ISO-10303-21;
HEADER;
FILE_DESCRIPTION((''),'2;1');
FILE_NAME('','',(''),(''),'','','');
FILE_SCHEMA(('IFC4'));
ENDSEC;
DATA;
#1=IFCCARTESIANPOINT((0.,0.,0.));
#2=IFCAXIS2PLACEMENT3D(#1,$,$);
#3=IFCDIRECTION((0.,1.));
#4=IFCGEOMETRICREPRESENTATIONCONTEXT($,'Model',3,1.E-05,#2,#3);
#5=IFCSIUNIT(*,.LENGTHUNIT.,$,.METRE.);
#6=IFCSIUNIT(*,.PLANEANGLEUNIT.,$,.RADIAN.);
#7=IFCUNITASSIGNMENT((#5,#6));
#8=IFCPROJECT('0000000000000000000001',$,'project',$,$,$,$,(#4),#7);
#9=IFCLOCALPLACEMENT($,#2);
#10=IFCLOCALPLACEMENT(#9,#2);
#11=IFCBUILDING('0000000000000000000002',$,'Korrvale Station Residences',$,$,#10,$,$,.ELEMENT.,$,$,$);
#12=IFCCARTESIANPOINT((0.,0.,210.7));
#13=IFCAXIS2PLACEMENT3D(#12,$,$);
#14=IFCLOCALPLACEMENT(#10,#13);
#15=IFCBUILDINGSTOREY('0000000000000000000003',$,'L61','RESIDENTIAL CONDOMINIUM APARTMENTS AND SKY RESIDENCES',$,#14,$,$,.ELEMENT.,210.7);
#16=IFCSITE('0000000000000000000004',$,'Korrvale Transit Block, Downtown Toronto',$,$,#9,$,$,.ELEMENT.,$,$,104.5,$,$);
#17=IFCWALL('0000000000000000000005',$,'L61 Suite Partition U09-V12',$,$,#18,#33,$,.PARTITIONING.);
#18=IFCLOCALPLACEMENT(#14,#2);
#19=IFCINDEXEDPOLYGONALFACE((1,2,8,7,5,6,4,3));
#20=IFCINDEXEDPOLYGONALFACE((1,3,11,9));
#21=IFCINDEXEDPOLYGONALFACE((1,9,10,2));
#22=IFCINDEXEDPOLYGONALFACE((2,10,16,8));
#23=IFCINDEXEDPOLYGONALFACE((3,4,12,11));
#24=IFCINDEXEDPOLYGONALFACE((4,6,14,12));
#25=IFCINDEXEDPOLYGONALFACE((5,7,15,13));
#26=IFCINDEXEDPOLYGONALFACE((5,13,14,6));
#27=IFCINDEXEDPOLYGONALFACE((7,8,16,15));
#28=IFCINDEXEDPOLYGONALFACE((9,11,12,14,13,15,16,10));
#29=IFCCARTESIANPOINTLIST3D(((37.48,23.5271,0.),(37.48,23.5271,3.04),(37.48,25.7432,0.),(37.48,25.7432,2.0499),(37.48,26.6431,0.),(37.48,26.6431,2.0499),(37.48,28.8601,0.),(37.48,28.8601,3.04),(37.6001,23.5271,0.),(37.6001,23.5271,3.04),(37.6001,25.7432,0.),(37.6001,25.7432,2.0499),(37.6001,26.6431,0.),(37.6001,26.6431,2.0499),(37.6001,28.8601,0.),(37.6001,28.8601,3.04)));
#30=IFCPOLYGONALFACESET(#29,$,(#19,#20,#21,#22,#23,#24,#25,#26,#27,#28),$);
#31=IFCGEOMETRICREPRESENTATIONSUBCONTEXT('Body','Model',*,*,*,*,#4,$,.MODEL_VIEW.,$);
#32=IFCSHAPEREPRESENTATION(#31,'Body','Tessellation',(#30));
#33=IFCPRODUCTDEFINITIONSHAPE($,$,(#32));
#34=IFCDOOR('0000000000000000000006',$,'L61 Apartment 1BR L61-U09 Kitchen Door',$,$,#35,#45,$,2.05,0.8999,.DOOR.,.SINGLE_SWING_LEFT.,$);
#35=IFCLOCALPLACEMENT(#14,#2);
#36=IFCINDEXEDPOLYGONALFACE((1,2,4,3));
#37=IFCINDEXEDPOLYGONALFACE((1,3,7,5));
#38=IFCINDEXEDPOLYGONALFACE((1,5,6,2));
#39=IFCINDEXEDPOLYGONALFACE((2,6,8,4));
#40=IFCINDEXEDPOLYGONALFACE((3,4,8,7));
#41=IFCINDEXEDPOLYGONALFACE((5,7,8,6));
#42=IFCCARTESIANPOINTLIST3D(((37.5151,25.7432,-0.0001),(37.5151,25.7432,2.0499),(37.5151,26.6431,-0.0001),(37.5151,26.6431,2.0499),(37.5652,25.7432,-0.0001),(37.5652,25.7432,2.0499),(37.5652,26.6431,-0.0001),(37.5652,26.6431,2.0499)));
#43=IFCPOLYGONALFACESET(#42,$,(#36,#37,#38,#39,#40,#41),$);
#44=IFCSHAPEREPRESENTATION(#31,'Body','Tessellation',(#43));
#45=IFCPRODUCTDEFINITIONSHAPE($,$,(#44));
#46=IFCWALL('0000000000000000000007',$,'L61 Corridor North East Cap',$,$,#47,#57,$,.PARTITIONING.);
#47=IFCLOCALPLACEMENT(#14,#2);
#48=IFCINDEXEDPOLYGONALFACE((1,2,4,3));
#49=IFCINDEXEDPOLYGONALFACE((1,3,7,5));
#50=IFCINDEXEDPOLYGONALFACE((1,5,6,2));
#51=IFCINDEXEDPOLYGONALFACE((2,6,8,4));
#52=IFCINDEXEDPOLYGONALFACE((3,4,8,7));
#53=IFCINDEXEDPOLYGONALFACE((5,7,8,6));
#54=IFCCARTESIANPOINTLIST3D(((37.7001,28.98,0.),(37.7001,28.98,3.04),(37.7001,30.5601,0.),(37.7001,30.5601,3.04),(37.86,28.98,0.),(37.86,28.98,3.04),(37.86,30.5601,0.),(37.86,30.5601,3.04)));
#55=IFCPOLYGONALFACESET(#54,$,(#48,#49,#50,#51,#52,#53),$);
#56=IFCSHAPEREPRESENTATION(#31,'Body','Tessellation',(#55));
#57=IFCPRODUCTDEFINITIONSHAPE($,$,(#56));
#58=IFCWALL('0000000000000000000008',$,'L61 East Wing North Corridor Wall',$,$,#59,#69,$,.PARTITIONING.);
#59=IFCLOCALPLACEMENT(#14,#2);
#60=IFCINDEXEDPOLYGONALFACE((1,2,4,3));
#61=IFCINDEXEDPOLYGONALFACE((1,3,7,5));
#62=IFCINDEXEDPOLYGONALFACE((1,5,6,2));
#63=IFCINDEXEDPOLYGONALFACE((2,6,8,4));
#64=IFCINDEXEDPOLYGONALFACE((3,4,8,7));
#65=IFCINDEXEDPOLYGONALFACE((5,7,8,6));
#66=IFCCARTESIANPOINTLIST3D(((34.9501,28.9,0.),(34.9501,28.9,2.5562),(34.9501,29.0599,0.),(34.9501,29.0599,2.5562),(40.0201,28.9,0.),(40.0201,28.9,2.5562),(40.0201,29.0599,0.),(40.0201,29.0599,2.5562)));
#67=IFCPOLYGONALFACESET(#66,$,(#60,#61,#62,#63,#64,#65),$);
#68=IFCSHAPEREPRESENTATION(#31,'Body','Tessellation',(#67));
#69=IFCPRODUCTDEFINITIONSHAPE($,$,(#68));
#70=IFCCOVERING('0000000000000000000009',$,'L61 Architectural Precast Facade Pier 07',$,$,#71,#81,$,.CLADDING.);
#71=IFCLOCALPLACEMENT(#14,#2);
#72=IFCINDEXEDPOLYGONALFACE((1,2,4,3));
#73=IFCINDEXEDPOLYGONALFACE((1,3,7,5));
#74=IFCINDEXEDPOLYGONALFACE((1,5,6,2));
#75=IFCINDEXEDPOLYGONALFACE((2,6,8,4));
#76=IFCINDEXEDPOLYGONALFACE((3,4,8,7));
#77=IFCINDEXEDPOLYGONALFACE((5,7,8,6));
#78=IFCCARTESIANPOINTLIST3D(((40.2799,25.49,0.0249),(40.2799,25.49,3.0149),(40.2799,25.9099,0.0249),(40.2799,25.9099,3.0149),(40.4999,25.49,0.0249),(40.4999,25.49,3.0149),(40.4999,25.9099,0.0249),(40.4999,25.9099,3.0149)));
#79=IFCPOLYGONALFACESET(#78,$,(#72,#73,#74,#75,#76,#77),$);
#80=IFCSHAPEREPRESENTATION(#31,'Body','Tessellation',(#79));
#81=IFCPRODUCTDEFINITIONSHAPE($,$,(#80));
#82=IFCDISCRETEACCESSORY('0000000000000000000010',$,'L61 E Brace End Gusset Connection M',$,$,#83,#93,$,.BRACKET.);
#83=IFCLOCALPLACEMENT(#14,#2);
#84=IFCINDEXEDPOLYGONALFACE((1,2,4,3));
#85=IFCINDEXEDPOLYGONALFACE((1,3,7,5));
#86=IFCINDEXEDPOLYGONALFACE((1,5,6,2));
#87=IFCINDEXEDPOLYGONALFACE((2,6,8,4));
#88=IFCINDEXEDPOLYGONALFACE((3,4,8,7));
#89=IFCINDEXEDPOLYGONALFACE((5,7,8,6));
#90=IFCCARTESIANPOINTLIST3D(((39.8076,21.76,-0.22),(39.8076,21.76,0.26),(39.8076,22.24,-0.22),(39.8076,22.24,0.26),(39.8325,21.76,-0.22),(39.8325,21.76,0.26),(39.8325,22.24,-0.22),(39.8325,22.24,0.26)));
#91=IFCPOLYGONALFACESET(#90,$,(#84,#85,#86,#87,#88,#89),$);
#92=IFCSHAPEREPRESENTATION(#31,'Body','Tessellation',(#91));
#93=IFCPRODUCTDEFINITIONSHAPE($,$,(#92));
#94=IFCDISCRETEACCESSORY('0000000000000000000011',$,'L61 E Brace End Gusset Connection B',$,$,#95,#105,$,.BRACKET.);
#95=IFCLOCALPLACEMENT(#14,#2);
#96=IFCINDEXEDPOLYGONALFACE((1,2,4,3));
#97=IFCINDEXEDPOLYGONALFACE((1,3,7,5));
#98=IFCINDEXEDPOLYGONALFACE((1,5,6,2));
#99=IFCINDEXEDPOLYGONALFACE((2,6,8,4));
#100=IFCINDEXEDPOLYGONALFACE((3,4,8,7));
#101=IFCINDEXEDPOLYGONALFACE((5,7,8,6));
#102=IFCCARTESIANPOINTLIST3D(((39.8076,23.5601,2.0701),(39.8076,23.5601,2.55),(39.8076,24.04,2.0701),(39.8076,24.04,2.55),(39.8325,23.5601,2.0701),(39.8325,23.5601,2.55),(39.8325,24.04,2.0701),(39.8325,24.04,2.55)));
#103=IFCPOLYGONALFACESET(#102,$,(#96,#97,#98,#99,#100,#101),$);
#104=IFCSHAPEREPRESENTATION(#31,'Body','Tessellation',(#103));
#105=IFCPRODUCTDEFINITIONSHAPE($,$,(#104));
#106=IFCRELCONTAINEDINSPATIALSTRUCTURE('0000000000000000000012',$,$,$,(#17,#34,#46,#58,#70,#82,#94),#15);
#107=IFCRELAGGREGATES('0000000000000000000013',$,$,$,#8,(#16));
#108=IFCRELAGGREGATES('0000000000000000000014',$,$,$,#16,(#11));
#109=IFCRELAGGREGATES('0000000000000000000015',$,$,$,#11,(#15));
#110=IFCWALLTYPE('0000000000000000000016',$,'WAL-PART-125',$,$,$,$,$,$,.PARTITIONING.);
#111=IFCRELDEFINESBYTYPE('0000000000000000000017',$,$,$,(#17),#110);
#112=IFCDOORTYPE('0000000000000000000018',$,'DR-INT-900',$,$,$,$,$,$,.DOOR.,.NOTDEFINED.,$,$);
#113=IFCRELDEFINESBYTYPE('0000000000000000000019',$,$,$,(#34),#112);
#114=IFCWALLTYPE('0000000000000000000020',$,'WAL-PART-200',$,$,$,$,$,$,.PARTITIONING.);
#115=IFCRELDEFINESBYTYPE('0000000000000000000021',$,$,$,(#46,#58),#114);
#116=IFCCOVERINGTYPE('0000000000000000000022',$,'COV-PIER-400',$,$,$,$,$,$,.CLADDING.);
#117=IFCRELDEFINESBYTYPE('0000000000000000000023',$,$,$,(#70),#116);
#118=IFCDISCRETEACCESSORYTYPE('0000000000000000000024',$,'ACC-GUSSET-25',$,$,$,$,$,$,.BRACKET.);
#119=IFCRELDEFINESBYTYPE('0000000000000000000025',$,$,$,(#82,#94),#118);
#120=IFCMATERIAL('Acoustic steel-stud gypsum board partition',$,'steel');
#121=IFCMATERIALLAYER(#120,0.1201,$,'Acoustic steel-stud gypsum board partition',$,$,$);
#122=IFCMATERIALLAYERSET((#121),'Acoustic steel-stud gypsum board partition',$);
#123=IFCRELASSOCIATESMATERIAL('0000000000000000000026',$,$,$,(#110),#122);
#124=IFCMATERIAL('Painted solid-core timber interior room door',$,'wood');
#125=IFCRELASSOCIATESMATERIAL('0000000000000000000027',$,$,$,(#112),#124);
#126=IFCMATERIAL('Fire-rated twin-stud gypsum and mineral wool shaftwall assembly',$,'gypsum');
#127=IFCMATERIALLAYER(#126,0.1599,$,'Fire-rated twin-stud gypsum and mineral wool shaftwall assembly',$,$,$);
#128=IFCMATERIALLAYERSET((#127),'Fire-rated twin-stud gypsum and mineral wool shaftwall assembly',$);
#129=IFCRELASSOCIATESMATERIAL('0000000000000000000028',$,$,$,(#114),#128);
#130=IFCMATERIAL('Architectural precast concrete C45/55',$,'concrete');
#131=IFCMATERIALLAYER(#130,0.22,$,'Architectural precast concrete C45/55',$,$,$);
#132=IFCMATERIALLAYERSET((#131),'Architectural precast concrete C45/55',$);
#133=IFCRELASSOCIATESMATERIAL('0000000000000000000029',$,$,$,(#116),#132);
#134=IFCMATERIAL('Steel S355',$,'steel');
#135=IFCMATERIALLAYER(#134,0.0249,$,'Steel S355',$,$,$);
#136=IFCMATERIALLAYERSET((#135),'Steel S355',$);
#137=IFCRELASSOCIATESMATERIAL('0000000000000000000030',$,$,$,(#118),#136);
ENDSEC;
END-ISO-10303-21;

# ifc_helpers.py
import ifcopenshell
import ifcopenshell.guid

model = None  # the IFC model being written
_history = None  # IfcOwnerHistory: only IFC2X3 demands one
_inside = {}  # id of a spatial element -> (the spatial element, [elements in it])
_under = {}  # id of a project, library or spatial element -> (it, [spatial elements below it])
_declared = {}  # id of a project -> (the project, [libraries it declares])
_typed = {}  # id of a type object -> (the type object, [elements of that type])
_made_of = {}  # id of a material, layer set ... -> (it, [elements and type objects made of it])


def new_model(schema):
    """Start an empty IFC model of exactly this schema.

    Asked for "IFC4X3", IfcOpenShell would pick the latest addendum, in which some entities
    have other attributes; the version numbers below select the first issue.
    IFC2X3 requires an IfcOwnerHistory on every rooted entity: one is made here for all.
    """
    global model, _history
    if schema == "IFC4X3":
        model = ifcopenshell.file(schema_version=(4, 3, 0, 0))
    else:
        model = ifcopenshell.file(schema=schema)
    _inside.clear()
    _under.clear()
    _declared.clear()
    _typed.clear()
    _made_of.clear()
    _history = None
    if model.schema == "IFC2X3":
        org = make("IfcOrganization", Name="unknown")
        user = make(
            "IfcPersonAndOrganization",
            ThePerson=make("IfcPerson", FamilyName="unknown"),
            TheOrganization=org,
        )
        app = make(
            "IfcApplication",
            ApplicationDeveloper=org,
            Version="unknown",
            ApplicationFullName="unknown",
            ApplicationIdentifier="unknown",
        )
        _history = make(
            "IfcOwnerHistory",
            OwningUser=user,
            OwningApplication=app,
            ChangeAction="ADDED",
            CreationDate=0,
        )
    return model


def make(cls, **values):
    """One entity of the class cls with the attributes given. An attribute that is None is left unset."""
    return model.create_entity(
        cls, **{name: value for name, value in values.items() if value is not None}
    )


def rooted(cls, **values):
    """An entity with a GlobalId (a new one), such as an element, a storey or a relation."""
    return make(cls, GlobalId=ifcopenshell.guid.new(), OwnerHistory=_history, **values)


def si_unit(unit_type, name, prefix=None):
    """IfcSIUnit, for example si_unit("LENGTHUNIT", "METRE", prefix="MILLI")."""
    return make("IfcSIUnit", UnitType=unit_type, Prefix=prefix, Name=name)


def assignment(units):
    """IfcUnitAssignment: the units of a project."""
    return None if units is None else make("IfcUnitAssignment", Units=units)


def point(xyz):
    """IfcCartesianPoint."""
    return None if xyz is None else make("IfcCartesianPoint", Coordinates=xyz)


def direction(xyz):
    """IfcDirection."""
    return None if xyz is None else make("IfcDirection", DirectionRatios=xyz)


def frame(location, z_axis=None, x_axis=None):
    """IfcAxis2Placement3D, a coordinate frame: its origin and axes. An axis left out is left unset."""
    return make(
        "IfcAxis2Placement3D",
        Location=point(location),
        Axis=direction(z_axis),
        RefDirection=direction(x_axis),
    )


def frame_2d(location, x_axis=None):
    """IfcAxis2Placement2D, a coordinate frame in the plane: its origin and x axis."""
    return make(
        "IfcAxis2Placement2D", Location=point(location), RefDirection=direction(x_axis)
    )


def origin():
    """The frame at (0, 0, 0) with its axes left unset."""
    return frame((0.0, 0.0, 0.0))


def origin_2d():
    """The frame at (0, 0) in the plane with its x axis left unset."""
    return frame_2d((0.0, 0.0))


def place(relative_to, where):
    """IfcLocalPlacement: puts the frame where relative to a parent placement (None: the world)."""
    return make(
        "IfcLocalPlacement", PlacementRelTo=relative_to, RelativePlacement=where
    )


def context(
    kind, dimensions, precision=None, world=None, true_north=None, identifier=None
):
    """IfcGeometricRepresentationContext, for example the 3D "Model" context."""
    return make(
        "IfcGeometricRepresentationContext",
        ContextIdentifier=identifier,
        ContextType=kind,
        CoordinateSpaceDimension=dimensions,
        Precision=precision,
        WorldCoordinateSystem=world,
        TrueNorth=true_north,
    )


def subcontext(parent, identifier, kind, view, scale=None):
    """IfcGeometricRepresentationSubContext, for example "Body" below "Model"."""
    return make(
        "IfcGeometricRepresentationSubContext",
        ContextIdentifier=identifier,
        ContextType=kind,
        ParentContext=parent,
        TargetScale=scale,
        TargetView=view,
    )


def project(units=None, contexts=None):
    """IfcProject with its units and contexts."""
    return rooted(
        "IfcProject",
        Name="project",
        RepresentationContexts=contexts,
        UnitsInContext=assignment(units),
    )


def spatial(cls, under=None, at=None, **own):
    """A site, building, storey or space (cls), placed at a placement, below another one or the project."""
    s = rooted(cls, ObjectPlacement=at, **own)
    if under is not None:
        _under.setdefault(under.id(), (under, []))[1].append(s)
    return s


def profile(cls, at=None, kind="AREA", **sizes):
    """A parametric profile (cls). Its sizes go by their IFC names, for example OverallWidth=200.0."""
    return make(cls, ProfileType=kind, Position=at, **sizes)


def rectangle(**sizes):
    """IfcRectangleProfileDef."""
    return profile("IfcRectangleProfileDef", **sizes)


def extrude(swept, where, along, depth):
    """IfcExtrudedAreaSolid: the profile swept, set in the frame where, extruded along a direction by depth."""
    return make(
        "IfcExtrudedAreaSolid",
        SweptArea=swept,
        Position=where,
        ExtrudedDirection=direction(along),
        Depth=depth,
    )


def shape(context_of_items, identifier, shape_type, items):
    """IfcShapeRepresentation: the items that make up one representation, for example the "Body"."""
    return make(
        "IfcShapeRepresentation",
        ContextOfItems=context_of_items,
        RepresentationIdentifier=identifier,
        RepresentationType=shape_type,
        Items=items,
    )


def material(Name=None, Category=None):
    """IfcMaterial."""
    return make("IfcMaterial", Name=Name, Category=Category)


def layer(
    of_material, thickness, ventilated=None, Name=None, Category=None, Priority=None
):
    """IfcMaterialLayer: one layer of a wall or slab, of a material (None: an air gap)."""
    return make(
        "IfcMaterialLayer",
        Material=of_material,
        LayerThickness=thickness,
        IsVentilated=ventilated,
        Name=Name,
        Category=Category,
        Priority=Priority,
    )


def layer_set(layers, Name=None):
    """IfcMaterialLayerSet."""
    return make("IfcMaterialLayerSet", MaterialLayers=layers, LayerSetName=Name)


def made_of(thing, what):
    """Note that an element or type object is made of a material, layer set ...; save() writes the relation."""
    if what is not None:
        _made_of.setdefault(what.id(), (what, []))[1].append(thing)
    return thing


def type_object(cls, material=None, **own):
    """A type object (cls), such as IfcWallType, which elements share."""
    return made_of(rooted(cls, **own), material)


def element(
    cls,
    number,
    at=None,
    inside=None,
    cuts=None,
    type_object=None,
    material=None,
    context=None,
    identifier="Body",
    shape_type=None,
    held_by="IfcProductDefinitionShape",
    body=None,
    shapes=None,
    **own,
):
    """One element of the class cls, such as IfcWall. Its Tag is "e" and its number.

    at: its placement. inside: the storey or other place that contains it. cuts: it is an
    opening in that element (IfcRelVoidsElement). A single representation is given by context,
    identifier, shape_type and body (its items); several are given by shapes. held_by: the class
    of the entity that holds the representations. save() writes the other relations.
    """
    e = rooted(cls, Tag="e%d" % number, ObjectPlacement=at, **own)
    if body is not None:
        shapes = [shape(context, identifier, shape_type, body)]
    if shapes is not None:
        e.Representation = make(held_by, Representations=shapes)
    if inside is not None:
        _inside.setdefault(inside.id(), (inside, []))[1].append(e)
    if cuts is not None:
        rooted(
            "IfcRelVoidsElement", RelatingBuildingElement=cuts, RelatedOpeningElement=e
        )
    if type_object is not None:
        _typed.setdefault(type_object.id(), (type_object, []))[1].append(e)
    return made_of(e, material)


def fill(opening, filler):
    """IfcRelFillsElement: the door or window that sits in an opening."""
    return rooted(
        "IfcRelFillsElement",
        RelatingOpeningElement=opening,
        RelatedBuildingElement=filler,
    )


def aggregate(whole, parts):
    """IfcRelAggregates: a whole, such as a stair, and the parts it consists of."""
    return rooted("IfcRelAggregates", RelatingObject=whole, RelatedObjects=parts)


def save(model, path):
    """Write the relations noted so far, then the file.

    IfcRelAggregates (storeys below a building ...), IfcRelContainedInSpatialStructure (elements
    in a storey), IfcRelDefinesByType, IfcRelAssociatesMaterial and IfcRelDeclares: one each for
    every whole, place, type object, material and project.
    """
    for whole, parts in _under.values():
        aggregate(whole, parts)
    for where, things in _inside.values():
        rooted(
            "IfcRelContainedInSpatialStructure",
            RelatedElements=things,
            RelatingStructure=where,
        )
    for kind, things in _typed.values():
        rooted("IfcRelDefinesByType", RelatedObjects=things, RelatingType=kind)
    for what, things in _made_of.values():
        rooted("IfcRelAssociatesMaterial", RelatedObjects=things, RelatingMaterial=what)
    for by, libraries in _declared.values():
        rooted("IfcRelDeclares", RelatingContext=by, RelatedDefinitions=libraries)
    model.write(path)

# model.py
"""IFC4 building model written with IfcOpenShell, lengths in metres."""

from ifc_helpers import new_model, si_unit, direction, frame, frame_2d, origin, origin_2d, place, context, subcontext, project, spatial, rectangle, extrude, material, layer, layer_set, type_object, element, fill, save


model = new_model("IFC4")

# Units and contexts
model_context = context("Model", 3, precision=1e-05, world=origin(), true_north=direction((0.0, 1.0)))
body_context = subcontext(model_context, "Body", "Model", "MODEL_VIEW")
ifc_project = project(units=[si_unit("LENGTHUNIT", "METRE"), si_unit("PLANEANGLEUNIT", "RADIAN")], contexts=[model_context])

# Site, building, storey
site_placement = place(None, origin())
site = spatial("IfcSite", under=ifc_project, at=site_placement, Name="Korrvale Transit Block, Downtown Toronto", CompositionType="ELEMENT", RefElevation=104.5)
building_placement = place(site_placement, origin())
building = spatial("IfcBuilding", under=site, at=building_placement, Name="Korrvale Station Residences", CompositionType="ELEMENT")
storey_placement = place(building_placement, frame((0.0, 0.0, 210.7)))
storey = spatial("IfcBuildingStorey", under=building, at=storey_placement, Name="L61", Description="RESIDENTIAL CONDOMINIUM APARTMENTS AND SKY RESIDENCES", CompositionType="ELEMENT", Elevation=210.7)

# Shared definitions
ifc_material_1 = material(Name="Steel S355", Category="steel")

# Shared definitions
ifc_material_2 = material(Name="Acoustic steel-stud gypsum board partition", Category="steel")
ifc_layer_1 = layer(ifc_material_2, 0.1201, Name="Acoustic steel-stud gypsum board partition")
ifc_layer_set_1 = layer_set([ifc_layer_1], Name="Acoustic steel-stud gypsum board partition")
wall_type_1 = type_object("IfcWallType", Name="WAL-PART-125", PredefinedType="PARTITIONING", material=ifc_layer_set_1)

# Wall, opening, door
wall_1_placement = place(storey_placement, frame((37.54, 23.5271, 0.0), z_axis=(0.0, 0.0, 1.0), x_axis=(0.0, 1.0, 0.0)))
wall_1 = element("IfcWall", 1, at=wall_1_placement, inside=storey, type_object=wall_type_1, Name="L61 Suite Partition U09-V12", PredefinedType="PARTITIONING", context=body_context, shape_type="SweptSolid", body=[
    extrude(rectangle(XDim=5.333, YDim=0.1201, at=frame_2d((2.6665, 0.0))), origin(), (0.0, 0.0, 1.0), 3.04),
])
opening_1_placement = place(wall_1_placement, frame((2.2161, 0.0, 0.0)))
opening_1 = element("IfcOpeningElement", 2, at=opening_1_placement, cuts=wall_1, PredefinedType="OPENING", context=body_context, shape_type="SweptSolid", body=[
    extrude(rectangle(XDim=0.8999, YDim=2.05, at=frame_2d((0.45, 1.0249))), frame((0.0, 0.0701, 0.0), z_axis=(0.0, -1.0, 0.0), x_axis=(1.0, 0.0, 0.0)), (0.0, 0.0, 1.0), 0.1401),
])
ifc_material_3 = material(Name="Painted solid-core timber interior room door", Category="wood")
door_type_1 = type_object("IfcDoorType", Name="DR-INT-900", OperationType="NOTDEFINED", PredefinedType="DOOR", material=ifc_material_3)
door_1_placement = place(opening_1_placement, origin())
door_1 = element("IfcDoor", 3, at=door_1_placement, inside=storey, type_object=door_type_1, Name="L61 Apartment 1BR L61-U09 Kitchen Door", OperationType="SINGLE_SWING_LEFT", OverallHeight=2.05, OverallWidth=0.8999, PredefinedType="DOOR", context=body_context, shape_type="SweptSolid", body=[
    extrude(rectangle(XDim=0.8999, YDim=2.05, at=frame_2d((0.45, 1.0249))), frame((0.0, 0.0249, 0.0), z_axis=(0.0, -1.0, 0.0), x_axis=(1.0, 0.0, 0.0)), (0.0, 0.0, 1.0), 0.05),
])
fill(opening_1, door_1)

# Walls
ifc_material_4 = material(Name="Fire-rated twin-stud gypsum and mineral wool shaftwall assembly", Category="gypsum")
ifc_layer_2 = layer(ifc_material_4, 0.1599, Name="Fire-rated twin-stud gypsum and mineral wool shaftwall assembly")
ifc_layer_set_2 = layer_set([ifc_layer_2], Name="Fire-rated twin-stud gypsum and mineral wool shaftwall assembly")
wall_type_2 = type_object("IfcWallType", Name="WAL-PART-200", PredefinedType="PARTITIONING", material=ifc_layer_set_2)
wall_2_placement = place(storey_placement, frame((37.78, 28.98, 0.0), z_axis=(0.0, 0.0, 1.0), x_axis=(0.0, 1.0, 0.0)))
element("IfcWall", 4, at=wall_2_placement, inside=storey, type_object=wall_type_2, Name="L61 Corridor North East Cap", PredefinedType="PARTITIONING", context=body_context, shape_type="SweptSolid", body=[
    extrude(rectangle(XDim=1.5801, YDim=0.1599, at=frame_2d((0.79, 0.0))), origin(), (0.0, 0.0, 1.0), 3.04),
])
wall_3_placement = place(storey_placement, frame((34.95, 28.98, 0.0), z_axis=(0.0, 0.0, 1.0), x_axis=(1.0, 0.0, 0.0)))
element("IfcWall", 5, at=wall_3_placement, inside=storey, type_object=wall_type_2, Name="L61 East Wing North Corridor Wall", PredefinedType="PARTITIONING", context=body_context, shape_type="SweptSolid", body=[
    extrude(rectangle(XDim=5.0701, YDim=0.1599, at=frame_2d((2.5352, 0.0))), origin(), (0.0, 0.0, 1.0), 2.5562),
])

# Covering
ifc_material_5 = material(Name="Architectural precast concrete C45/55", Category="concrete")
ifc_layer_3 = layer(ifc_material_5, 0.22, Name="Architectural precast concrete C45/55")
ifc_layer_set_3 = layer_set([ifc_layer_3], Name="Architectural precast concrete C45/55")
covering_type = type_object("IfcCoveringType", Name="COV-PIER-400", PredefinedType="CLADDING", material=ifc_layer_set_3)
covering_placement = place(storey_placement, frame((40.3899, 25.7, 0.0249), z_axis=(0.0, 0.0, 1.0), x_axis=(0.0, 1.0, 0.0)))
element("IfcCovering", 6, at=covering_placement, inside=storey, type_object=covering_type, Name="L61 Architectural Precast Facade Pier 07", PredefinedType="CLADDING", context=body_context, shape_type="SweptSolid", body=[
    extrude(rectangle(XDim=0.4199, YDim=0.22, at=origin_2d()), origin(), (0.0, 0.0, 1.0), 2.99),
])

# Discrete accessories
ifc_layer_4 = layer(ifc_material_1, 0.0249, Name="Steel S355")
ifc_layer_set_4 = layer_set([ifc_layer_4], Name="Steel S355")
discrete_accessory_type = type_object("IfcDiscreteAccessoryType", Name="ACC-GUSSET-25", PredefinedType="BRACKET", material=ifc_layer_set_4)
for number, where, z_axis, x_axis, name in (
    (7, (39.8201, 22.0, -0.22), (0.0, 0.0, 1.0), (0.0, 1.0, 0.0), "L61 E Brace End Gusset Connection M"),
    (8, (39.8201, 23.8, 2.0701), (0.0, 0.0, 1.0), (0.0, 1.0, 0.0), "L61 E Brace End Gusset Connection B"),
):
    element("IfcDiscreteAccessory", number, at=place(storey_placement, frame(where, z_axis=z_axis, x_axis=x_axis)), inside=storey, type_object=discrete_accessory_type, Name=name, PredefinedType="BRACKET", context=body_context, shape_type="SweptSolid", body=[
        extrude(rectangle(XDim=0.48, YDim=0.0249, at=origin_2d()), origin(), (0.0, 0.0, 1.0), 0.48),
    ])

save(model, "model.ifc")
